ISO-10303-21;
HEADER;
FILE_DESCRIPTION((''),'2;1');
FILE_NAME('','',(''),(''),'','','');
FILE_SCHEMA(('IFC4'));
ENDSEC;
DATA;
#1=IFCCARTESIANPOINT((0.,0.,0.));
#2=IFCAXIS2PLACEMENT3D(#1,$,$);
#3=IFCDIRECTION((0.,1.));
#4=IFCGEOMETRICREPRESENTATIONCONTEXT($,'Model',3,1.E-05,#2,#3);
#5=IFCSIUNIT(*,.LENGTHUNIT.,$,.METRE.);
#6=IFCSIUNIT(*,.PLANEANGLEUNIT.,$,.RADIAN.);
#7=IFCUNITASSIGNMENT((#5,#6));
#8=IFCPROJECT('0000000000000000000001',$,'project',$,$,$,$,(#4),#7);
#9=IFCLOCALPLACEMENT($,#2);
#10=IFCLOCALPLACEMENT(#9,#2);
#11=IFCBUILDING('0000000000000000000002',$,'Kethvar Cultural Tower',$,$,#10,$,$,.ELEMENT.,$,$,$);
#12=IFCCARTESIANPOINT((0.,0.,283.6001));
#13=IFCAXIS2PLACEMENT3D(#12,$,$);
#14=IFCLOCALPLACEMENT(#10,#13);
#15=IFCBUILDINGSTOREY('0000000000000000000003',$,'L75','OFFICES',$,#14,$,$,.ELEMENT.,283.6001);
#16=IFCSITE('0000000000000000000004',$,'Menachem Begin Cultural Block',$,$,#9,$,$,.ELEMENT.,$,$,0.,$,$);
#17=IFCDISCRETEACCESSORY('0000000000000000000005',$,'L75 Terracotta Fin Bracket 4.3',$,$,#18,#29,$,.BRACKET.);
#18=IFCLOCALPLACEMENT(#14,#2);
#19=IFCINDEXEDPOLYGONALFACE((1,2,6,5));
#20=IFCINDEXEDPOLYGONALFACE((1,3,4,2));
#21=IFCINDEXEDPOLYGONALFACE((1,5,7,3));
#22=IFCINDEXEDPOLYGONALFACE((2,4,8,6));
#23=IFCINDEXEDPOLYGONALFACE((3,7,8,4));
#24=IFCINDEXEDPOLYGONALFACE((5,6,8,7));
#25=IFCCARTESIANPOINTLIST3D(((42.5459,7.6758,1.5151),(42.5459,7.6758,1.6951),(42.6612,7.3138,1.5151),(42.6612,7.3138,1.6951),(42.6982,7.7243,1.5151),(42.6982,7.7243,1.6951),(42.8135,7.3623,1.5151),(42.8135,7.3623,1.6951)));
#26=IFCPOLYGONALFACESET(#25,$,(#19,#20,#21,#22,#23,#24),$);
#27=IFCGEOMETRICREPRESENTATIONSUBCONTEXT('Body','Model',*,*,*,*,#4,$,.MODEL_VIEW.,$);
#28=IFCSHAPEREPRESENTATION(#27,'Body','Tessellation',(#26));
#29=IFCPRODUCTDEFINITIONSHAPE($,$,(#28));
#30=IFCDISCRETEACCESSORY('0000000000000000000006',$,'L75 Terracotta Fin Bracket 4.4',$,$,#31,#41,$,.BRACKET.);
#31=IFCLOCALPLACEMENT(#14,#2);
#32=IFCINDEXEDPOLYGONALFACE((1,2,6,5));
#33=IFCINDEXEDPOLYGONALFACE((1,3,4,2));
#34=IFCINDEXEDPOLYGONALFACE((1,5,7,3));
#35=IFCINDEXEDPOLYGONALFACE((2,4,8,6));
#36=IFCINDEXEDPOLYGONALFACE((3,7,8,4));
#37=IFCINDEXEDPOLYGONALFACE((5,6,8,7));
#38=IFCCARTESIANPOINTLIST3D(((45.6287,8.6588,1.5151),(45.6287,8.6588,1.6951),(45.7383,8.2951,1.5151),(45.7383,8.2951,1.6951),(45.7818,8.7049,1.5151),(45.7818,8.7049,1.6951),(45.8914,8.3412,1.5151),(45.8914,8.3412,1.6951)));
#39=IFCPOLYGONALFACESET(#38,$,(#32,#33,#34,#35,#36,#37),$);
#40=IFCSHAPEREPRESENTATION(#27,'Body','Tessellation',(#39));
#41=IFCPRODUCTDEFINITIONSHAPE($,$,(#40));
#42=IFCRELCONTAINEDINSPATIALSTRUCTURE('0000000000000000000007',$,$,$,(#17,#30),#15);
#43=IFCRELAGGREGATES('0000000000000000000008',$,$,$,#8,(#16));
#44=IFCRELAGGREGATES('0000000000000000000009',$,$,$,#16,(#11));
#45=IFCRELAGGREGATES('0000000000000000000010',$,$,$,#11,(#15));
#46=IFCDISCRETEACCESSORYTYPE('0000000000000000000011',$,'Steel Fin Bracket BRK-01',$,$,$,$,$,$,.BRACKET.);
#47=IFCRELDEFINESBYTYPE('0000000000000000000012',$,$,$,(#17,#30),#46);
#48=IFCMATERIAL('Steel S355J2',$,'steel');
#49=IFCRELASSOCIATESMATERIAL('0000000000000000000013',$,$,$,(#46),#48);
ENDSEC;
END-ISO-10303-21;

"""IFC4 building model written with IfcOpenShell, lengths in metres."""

from ifc_helpers import new_model, si_unit, direction, frame, origin, origin_2d, place, context, subcontext, project, spatial, rectangle, extrude, source, transform, mapped, material, type_object, element, save


model = new_model("IFC4")

# Units and contexts
model_context = context("Model", 3, precision=1e-05, world=origin(), true_north=direction((0.0, 1.0)))
body_context = subcontext(model_context, "Body", "Model", "MODEL_VIEW")
ifc_project = project(units=[si_unit("LENGTHUNIT", "METRE"), si_unit("PLANEANGLEUNIT", "RADIAN")], contexts=[model_context])

# Site, building, storey
site_placement = place(None, origin())
site = spatial("IfcSite", under=ifc_project, at=site_placement, Name="Menachem Begin Cultural Block", CompositionType="ELEMENT", RefElevation=0.0)
building_placement = place(site_placement, origin())
building = spatial("IfcBuilding", under=site, at=building_placement, Name="Kethvar Cultural Tower", CompositionType="ELEMENT")
storey_placement = place(building_placement, frame((0.0, 0.0, 283.6001)))
storey = spatial("IfcBuildingStorey", under=building, at=storey_placement, Name="L75", Description="OFFICES", CompositionType="ELEMENT", Elevation=283.6001)

# Shared definitions
ifc_material_1 = material(Name="Steel S355J2", Category="steel")

# Discrete accessories
discrete_accessory_type = type_object("IfcDiscreteAccessoryType", Name="Steel Fin Bracket BRK-01", PredefinedType="BRACKET", material=ifc_material_1)
shared_shape_1 = source(origin(), body_context, "Body", "SweptSolid", [
    extrude(rectangle(XDim=0.3799, YDim=0.1599, at=origin_2d()), origin(), (0.0, 0.0, 1.0), 0.1799),
])
for number, where, z_axis, x_axis, name in (
    (1, (42.6797, 7.519, 1.5151), (0.0, 0.0, 1.0), (0.303534, -0.952821, 0.0), "L75 Terracotta Fin Bracket 4.3"),
    (2, (45.76, 8.5, 1.5151), (0.0, 0.0, 1.0), (0.288531, -0.957471, 0.0), "L75 Terracotta Fin Bracket 4.4"),
):
    element("IfcDiscreteAccessory", number, at=place(storey_placement, frame(where, z_axis=z_axis, x_axis=x_axis)), inside=storey, type_object=discrete_accessory_type, Name=name, PredefinedType="BRACKET", context=body_context, shape_type="MappedRepresentation", body=[
        mapped(shared_shape_1, transform((0.0, 0.0, 0.0), scale=1.0)),
    ])

save(model, "model.ifc")
